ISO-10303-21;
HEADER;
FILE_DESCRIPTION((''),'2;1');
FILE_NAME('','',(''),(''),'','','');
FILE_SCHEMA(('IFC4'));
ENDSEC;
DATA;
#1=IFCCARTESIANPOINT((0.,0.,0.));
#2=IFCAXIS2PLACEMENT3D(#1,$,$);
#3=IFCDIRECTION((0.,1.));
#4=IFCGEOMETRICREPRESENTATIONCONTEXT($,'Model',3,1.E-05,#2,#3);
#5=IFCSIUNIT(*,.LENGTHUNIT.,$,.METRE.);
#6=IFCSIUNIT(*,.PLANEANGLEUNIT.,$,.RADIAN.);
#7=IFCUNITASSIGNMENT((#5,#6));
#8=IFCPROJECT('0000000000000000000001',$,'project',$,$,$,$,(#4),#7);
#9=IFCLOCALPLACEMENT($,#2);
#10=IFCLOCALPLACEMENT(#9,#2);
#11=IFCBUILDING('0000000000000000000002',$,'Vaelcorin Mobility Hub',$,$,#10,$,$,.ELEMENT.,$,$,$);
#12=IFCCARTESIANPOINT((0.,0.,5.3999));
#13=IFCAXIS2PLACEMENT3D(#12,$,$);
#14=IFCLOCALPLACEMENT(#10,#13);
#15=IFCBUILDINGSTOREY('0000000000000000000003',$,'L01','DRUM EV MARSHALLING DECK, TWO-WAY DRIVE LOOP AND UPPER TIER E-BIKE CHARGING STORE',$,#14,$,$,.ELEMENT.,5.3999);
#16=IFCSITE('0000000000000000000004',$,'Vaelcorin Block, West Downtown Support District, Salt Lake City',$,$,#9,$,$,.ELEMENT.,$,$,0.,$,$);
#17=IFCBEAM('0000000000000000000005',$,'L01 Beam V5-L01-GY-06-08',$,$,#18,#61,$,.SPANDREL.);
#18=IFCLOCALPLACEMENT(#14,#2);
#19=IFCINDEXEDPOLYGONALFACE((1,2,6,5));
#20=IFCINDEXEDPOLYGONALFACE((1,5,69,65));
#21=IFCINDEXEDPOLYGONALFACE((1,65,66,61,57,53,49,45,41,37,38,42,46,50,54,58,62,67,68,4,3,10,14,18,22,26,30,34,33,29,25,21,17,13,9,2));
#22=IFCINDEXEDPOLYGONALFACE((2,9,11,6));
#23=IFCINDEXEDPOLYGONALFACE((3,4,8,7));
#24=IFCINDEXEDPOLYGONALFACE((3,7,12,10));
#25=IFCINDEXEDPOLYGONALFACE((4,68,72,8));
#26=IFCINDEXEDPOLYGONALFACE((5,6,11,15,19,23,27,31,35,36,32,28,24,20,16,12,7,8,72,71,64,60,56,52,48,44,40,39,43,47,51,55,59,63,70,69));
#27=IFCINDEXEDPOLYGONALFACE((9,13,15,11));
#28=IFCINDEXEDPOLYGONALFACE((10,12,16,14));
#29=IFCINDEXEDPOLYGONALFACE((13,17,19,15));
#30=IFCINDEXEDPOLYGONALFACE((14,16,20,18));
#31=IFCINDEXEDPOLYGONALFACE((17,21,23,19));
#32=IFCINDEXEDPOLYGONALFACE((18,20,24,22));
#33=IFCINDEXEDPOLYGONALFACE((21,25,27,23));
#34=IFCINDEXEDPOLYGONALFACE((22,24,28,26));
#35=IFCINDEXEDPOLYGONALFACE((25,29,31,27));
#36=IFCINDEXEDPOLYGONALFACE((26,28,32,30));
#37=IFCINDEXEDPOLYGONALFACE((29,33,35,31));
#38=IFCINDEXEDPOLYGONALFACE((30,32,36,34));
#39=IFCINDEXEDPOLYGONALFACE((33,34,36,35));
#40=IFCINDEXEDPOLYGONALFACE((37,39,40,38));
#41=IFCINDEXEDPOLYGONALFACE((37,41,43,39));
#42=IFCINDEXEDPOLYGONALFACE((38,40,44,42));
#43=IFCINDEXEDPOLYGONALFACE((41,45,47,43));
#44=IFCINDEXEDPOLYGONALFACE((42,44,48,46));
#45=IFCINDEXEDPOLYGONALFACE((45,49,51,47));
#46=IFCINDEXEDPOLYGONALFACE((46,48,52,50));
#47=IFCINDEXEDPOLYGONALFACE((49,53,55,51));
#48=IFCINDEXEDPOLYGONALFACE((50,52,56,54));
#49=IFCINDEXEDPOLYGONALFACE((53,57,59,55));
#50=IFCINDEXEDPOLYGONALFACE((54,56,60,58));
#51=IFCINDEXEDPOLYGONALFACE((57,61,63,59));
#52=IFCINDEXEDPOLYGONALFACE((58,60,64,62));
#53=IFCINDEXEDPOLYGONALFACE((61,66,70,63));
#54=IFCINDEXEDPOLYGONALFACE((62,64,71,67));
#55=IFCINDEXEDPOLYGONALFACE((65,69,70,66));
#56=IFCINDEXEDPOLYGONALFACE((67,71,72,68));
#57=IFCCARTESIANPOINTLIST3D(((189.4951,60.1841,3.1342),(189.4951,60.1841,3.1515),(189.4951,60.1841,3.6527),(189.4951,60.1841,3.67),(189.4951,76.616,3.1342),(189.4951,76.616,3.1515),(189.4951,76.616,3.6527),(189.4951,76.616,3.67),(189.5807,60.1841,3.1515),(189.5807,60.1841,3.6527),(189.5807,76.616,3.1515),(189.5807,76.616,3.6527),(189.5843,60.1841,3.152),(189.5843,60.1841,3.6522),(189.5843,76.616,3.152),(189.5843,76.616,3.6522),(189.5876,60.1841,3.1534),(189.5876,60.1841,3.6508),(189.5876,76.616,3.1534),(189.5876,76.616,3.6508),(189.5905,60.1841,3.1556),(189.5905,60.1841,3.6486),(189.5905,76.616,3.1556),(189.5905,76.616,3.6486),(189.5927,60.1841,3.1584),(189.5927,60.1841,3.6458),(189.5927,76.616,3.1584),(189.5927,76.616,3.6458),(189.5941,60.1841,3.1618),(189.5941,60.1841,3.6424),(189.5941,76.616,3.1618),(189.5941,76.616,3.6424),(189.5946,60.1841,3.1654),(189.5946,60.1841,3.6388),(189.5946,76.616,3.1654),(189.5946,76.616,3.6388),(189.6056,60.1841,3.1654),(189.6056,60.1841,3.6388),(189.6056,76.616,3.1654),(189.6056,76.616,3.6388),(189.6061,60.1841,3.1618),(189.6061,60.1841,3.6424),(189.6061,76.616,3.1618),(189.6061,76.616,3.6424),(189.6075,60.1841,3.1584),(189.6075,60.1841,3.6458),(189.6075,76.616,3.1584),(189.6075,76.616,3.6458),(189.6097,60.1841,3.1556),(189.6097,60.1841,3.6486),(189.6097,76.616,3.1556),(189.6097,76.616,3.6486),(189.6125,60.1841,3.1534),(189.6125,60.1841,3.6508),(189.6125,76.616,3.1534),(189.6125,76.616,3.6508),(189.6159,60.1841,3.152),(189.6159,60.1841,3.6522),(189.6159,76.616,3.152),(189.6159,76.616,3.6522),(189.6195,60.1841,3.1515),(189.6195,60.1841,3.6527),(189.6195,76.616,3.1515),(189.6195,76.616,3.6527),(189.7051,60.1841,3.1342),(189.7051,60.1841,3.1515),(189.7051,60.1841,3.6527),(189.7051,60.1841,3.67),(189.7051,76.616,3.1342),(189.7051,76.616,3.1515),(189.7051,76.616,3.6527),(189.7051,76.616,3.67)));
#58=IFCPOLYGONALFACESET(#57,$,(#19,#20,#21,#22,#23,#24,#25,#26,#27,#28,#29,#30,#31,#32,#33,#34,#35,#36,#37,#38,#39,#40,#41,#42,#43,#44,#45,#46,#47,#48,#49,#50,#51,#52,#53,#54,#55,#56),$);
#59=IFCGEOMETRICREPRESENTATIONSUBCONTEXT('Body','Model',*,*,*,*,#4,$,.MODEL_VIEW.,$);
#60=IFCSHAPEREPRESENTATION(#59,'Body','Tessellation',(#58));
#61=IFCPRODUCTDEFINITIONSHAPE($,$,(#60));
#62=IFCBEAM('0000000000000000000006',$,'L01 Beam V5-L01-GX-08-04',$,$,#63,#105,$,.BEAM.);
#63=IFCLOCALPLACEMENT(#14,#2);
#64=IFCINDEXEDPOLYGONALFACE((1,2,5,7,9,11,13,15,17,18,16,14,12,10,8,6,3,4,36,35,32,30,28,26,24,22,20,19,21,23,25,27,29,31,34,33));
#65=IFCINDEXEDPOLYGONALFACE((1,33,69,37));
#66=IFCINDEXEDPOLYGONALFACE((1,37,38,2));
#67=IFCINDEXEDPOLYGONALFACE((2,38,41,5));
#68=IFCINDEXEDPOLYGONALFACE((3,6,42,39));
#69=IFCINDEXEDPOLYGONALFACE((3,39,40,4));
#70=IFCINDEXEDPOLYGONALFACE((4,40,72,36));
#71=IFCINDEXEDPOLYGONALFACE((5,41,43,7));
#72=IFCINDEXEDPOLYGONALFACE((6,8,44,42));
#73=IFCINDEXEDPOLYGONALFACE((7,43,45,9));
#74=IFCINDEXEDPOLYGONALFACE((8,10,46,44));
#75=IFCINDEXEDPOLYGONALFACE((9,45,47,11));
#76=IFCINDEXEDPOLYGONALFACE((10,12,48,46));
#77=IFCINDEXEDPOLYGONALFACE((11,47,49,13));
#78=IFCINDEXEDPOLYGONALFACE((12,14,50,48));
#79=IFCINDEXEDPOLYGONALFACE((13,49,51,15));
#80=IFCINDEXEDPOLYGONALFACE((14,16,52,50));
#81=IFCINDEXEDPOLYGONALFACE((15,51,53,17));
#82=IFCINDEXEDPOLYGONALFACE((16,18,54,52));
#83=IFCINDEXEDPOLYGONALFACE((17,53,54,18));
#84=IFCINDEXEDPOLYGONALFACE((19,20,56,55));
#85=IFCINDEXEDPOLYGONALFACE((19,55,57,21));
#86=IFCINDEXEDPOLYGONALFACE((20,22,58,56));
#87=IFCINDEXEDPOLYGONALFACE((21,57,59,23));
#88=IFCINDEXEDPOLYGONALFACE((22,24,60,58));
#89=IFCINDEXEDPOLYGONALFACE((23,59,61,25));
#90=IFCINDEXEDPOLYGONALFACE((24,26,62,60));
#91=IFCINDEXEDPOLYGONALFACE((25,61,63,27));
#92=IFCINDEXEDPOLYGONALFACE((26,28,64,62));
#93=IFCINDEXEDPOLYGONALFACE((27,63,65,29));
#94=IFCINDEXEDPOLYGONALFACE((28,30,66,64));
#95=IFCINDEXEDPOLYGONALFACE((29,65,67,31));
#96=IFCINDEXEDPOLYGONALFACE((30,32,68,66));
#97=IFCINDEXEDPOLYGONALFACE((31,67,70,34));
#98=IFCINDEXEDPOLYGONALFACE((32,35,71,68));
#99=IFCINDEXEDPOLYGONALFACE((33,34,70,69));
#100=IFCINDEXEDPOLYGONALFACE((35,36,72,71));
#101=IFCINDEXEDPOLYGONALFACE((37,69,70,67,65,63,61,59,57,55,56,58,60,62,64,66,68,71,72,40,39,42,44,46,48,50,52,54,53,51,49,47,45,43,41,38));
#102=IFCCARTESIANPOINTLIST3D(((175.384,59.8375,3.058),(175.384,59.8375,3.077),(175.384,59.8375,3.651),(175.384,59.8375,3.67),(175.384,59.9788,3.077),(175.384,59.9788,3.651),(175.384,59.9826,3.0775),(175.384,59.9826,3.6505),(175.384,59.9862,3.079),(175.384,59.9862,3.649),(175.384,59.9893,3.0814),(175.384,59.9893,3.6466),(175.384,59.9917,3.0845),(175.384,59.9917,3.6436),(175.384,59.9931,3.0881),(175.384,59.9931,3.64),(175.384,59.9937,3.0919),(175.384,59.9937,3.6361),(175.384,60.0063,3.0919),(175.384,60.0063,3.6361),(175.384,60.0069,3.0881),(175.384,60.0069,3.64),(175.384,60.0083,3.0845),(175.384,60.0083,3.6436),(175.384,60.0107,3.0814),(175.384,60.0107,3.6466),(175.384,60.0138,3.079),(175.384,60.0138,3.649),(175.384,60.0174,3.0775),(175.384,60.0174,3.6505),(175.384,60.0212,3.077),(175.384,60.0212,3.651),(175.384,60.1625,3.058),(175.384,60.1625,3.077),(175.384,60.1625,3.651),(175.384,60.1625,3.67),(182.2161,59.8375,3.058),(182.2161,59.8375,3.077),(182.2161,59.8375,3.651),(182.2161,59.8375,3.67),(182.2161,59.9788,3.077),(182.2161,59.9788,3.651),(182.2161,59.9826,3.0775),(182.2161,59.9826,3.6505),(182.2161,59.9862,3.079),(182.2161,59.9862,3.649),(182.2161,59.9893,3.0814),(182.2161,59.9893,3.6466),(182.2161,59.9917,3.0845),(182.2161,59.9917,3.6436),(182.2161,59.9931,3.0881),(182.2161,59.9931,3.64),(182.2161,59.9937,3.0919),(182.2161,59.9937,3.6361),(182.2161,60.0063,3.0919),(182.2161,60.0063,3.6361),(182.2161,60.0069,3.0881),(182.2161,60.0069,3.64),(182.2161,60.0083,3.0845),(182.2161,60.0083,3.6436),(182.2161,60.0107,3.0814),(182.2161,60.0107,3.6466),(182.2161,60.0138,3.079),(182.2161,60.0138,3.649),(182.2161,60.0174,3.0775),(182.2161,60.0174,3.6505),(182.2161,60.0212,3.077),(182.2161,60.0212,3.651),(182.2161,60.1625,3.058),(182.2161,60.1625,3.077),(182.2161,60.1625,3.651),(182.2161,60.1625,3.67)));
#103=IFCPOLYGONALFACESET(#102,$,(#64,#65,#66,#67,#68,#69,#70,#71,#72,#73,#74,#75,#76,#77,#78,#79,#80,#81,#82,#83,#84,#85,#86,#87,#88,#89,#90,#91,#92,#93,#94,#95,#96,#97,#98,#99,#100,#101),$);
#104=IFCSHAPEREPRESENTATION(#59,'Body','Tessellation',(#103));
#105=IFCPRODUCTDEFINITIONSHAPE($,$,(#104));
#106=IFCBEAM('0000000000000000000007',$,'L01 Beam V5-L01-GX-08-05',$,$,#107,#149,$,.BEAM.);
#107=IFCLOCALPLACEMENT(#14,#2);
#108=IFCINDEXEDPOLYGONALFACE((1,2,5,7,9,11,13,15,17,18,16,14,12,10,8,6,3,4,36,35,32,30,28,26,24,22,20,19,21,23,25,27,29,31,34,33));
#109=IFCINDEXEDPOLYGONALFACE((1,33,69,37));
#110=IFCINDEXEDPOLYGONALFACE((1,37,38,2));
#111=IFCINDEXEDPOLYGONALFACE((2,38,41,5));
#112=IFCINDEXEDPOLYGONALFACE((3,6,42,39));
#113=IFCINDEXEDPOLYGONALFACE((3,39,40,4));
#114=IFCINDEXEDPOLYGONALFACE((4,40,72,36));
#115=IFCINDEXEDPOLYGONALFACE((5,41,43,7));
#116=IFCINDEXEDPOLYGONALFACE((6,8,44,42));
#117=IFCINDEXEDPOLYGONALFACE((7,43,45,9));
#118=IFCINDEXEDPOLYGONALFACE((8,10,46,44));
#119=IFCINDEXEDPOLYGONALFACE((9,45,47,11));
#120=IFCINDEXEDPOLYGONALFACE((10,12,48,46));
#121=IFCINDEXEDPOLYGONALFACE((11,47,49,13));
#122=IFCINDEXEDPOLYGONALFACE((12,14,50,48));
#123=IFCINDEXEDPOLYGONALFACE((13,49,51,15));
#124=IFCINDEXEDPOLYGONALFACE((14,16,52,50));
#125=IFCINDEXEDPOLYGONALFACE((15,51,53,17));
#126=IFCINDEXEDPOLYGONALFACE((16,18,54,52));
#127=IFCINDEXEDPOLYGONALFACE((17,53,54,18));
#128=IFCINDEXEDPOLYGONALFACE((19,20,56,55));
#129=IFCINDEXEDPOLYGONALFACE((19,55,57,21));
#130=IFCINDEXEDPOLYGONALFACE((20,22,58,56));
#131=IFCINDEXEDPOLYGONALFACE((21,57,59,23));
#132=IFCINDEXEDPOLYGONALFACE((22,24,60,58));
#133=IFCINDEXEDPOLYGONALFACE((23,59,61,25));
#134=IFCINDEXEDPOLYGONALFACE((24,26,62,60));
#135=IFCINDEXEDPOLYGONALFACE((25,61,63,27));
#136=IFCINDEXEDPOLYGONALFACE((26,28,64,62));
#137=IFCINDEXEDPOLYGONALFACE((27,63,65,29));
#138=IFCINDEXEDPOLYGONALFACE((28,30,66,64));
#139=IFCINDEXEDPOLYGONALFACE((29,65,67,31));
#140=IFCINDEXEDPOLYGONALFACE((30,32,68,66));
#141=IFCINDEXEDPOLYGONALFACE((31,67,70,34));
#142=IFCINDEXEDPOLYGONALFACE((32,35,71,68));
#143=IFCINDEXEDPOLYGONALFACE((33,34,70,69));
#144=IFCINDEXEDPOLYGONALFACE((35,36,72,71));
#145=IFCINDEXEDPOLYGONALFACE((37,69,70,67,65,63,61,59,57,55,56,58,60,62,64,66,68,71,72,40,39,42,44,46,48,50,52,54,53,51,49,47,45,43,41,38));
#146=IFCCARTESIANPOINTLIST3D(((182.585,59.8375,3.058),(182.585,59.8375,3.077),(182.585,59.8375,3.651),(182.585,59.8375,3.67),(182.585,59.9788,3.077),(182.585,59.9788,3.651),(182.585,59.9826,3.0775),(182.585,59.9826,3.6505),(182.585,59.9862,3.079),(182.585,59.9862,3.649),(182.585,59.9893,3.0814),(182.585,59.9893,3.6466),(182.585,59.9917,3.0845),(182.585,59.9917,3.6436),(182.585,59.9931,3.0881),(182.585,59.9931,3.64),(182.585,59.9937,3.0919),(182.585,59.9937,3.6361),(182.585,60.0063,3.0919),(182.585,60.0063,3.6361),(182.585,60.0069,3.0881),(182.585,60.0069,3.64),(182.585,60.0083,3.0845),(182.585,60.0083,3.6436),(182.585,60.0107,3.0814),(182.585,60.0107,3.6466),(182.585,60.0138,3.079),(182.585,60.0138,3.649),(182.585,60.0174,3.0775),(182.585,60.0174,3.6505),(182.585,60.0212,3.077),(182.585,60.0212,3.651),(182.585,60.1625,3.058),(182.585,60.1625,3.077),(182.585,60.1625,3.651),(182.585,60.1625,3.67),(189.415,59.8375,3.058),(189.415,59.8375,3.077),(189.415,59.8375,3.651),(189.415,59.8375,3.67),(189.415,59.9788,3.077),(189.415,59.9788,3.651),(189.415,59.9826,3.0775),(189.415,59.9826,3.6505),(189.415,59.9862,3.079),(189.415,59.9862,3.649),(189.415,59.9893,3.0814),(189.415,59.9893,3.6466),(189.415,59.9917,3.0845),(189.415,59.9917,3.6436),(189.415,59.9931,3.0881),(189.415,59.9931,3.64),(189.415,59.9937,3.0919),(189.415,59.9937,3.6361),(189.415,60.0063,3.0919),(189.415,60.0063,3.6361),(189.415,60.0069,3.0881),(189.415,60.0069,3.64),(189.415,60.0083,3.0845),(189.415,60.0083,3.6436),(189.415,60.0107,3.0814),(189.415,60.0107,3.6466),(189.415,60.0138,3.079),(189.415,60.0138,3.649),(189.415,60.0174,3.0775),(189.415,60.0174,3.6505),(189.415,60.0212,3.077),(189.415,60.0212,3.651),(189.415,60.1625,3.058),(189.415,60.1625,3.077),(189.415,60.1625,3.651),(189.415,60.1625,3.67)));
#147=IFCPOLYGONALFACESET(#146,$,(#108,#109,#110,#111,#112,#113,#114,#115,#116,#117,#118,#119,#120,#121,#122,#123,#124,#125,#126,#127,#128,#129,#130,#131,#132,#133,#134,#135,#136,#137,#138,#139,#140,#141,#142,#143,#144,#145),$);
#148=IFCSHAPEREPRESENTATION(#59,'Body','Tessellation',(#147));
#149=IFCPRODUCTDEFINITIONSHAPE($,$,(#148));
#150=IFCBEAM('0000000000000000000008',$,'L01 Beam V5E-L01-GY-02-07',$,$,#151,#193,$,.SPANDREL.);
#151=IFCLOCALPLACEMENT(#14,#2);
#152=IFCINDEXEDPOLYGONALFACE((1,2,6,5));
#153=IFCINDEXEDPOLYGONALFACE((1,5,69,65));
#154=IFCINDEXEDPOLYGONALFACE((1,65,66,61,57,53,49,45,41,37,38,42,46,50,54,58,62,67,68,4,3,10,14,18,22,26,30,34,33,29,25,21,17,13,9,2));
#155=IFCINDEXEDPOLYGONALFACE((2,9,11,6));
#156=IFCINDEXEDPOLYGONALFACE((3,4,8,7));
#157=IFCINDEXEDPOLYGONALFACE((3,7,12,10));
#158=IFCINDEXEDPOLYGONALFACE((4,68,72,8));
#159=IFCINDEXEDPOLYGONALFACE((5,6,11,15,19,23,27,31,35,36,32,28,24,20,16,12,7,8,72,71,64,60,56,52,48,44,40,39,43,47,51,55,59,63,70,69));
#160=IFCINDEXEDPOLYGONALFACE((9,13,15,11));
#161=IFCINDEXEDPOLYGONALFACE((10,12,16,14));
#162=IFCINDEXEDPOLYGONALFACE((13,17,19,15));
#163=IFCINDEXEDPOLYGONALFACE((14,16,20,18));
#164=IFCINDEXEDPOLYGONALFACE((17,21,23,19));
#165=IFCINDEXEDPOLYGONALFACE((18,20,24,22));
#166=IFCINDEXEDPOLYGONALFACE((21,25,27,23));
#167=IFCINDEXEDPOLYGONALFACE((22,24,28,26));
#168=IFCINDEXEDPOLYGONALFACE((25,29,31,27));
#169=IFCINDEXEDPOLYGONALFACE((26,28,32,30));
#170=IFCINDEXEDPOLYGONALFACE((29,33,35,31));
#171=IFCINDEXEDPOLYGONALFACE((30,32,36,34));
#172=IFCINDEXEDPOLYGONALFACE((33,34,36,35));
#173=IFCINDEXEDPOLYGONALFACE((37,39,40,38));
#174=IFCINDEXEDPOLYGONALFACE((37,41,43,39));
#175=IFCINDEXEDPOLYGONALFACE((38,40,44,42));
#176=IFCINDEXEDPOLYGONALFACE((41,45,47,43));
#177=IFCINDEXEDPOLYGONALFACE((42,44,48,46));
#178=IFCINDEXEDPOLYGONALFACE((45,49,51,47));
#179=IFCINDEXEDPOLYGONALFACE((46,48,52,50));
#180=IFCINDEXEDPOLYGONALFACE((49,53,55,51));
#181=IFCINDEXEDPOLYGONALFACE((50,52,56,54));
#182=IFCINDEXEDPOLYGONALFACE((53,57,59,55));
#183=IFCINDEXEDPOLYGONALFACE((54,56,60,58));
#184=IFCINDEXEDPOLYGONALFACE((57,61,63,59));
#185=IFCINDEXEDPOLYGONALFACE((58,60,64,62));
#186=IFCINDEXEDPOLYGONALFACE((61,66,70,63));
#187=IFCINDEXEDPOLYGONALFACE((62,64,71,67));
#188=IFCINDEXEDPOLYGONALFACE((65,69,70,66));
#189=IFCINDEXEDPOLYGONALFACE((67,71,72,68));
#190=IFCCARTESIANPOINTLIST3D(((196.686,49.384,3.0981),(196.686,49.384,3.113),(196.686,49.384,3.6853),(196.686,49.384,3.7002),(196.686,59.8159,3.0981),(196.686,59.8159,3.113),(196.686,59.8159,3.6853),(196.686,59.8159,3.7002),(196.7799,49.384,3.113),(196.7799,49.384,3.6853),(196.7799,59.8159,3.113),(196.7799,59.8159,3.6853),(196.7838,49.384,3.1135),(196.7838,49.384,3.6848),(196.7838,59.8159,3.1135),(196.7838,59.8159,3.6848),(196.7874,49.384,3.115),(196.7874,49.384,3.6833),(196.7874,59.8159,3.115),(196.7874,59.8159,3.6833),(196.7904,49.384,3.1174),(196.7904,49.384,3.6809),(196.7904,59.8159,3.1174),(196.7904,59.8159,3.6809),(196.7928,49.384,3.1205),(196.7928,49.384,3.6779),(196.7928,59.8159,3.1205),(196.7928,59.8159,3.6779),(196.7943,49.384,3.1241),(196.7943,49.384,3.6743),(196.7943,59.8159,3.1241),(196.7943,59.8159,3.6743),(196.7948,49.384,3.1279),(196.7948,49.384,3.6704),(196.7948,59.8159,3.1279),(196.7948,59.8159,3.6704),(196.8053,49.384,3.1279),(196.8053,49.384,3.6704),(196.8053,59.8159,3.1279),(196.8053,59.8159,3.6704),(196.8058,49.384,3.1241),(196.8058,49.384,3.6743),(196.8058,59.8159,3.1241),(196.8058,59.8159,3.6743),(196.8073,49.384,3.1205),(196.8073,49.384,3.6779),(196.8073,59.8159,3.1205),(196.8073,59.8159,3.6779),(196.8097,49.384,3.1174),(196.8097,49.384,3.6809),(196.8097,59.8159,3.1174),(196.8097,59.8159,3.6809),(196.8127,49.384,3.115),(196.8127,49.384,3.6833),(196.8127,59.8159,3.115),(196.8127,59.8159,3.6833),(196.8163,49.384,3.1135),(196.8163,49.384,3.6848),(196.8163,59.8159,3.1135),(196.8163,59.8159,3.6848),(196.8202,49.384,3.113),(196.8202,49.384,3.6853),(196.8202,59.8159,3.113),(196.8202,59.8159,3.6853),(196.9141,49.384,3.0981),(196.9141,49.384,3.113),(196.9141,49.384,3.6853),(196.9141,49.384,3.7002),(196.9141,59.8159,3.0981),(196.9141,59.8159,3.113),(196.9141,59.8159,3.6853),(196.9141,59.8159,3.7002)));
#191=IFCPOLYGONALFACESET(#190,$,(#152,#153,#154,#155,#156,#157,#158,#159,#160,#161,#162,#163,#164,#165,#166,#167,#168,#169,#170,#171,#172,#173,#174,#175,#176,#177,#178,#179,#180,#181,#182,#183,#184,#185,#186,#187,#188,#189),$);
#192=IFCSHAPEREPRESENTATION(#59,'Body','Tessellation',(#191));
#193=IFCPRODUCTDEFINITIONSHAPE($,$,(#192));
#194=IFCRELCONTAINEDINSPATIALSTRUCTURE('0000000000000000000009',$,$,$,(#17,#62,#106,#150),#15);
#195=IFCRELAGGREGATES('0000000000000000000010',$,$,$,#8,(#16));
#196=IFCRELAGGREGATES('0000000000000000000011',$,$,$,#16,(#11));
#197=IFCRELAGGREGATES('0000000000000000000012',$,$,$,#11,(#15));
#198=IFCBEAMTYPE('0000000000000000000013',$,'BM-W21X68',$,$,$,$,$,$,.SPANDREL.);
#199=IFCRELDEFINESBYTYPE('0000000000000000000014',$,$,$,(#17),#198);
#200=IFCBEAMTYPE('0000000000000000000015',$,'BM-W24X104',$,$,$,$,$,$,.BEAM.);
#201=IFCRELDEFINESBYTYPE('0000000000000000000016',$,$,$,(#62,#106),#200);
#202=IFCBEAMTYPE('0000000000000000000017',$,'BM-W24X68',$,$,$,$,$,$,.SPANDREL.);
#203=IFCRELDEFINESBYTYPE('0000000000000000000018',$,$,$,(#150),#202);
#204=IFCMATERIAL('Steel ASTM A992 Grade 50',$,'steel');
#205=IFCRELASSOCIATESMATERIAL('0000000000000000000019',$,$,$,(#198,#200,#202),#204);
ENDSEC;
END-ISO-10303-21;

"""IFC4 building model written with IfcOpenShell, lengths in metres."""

from ifc_helpers import new_model, si_unit, direction, frame, origin, origin_2d, place, context, subcontext, project, spatial, i_section, extrude, material, material_profile, profile_set, type_object, element, save


model = new_model("IFC4")

# Units and contexts
model_context = context("Model", 3, precision=1e-05, world=origin(), true_north=direction((0.0, 1.0)))
body_context = subcontext(model_context, "Body", "Model", "MODEL_VIEW")
ifc_project = project(units=[si_unit("LENGTHUNIT", "METRE"), si_unit("PLANEANGLEUNIT", "RADIAN")], contexts=[model_context])

# Site, building, storey
site_placement = place(None, origin())
site = spatial("IfcSite", under=ifc_project, at=site_placement, Name="Vaelcorin Block, West Downtown Support District, Salt Lake City", CompositionType="ELEMENT", RefElevation=0.0)
building_placement = place(site_placement, origin())
building = spatial("IfcBuilding", under=site, at=building_placement, Name="Vaelcorin Mobility Hub", CompositionType="ELEMENT")
storey_placement = place(building_placement, frame((0.0, 0.0, 5.3999)))
storey = spatial("IfcBuildingStorey", under=building, at=storey_placement, Name="L01", Description="DRUM EV MARSHALLING DECK, TWO-WAY DRIVE LOOP AND UPPER TIER E-BIKE CHARGING STORE", CompositionType="ELEMENT", Elevation=5.3999)

# Shared definitions
ifc_material_1 = material(Name="Steel ASTM A992 Grade 50", Category="steel")

# Beams
ifc_material_profile_1 = material_profile(ifc_material_1, i_section(OverallWidth=0.21, OverallDepth=0.5359, WebThickness=0.011, FlangeThickness=0.0173, FilletRadius=0.0139, at=origin_2d()), Name="W21X68")
ifc_profile_set_1 = profile_set([ifc_material_profile_1], Name="Steel ASTM A992 Grade 50")
beam_type_1 = type_object("IfcBeamType", Name="BM-W21X68", PredefinedType="SPANDREL", material=ifc_profile_set_1)
beam_1_placement = place(storey_placement, frame((189.6001, 60.1841, 3.4021), z_axis=(0.0, 1.0, 0.0), x_axis=(-1.0, 0.0, 0.0)))
element("IfcBeam", 1, at=beam_1_placement, inside=storey, type_object=beam_type_1, Name="L01 Beam V5-L01-GY-06-08", PredefinedType="SPANDREL", context=body_context, shape_type="SweptSolid", body=[
    extrude(i_section(OverallWidth=0.21, OverallDepth=0.5359, WebThickness=0.011, FlangeThickness=0.0173, FilletRadius=0.0139, at=origin_2d()), origin(), (0.0, 0.0, 1.0), 16.4319),
])
ifc_material_profile_2 = material_profile(ifc_material_1, i_section(OverallWidth=0.325, OverallDepth=0.6121, WebThickness=0.0127, FlangeThickness=0.019, FilletRadius=0.0149, at=origin_2d()), Name="W24X104")
ifc_profile_set_2 = profile_set([ifc_material_profile_2], Name="Steel ASTM A992 Grade 50")
beam_type_2 = type_object("IfcBeamType", Name="BM-W24X104", PredefinedType="BEAM", material=ifc_profile_set_2)
beam_2_placement = place(storey_placement, frame((175.384, 60.0, 3.364), z_axis=(1.0, 0.0, 0.0), x_axis=(0.0, 1.0, 0.0)))
element("IfcBeam", 2, at=beam_2_placement, inside=storey, type_object=beam_type_2, Name="L01 Beam V5-L01-GX-08-04", PredefinedType="BEAM", context=body_context, shape_type="SweptSolid", body=[
    extrude(i_section(OverallWidth=0.325, OverallDepth=0.6121, WebThickness=0.0127, FlangeThickness=0.019, FilletRadius=0.0149, at=origin_2d()), origin(), (0.0, 0.0, 1.0), 6.832),
])
beam_3_placement = place(storey_placement, frame((182.585, 60.0, 3.364), z_axis=(1.0, 0.0, 0.0), x_axis=(0.0, 1.0, 0.0)))
element("IfcBeam", 3, at=beam_3_placement, inside=storey, type_object=beam_type_2, Name="L01 Beam V5-L01-GX-08-05", PredefinedType="BEAM", context=body_context, shape_type="SweptSolid", body=[
    extrude(i_section(OverallWidth=0.325, OverallDepth=0.6121, WebThickness=0.0127, FlangeThickness=0.019, FilletRadius=0.0149, at=origin_2d()), origin(), (0.0, 0.0, 1.0), 6.8301),
])
ifc_material_profile_3 = material_profile(ifc_material_1, i_section(OverallWidth=0.228, OverallDepth=0.6021, WebThickness=0.0105, FlangeThickness=0.0149, FilletRadius=0.0149, at=origin_2d()), Name="W24X68")
ifc_profile_set_3 = profile_set([ifc_material_profile_3], Name="Steel ASTM A992 Grade 50")
beam_type_3 = type_object("IfcBeamType", Name="BM-W24X68", PredefinedType="SPANDREL", material=ifc_profile_set_3)
beam_4_placement = place(storey_placement, frame((196.8, 49.384, 3.3992), z_axis=(0.0, 1.0, 0.0), x_axis=(-1.0, 0.0, 0.0)))
element("IfcBeam", 4, at=beam_4_placement, inside=storey, type_object=beam_type_3, Name="L01 Beam V5E-L01-GY-02-07", PredefinedType="SPANDREL", context=body_context, shape_type="SweptSolid", body=[
    extrude(i_section(OverallWidth=0.228, OverallDepth=0.6021, WebThickness=0.0105, FlangeThickness=0.0149, FilletRadius=0.0149, at=origin_2d()), origin(), (0.0, 0.0, 1.0), 10.4319),
])

save(model, "model.ifc")
